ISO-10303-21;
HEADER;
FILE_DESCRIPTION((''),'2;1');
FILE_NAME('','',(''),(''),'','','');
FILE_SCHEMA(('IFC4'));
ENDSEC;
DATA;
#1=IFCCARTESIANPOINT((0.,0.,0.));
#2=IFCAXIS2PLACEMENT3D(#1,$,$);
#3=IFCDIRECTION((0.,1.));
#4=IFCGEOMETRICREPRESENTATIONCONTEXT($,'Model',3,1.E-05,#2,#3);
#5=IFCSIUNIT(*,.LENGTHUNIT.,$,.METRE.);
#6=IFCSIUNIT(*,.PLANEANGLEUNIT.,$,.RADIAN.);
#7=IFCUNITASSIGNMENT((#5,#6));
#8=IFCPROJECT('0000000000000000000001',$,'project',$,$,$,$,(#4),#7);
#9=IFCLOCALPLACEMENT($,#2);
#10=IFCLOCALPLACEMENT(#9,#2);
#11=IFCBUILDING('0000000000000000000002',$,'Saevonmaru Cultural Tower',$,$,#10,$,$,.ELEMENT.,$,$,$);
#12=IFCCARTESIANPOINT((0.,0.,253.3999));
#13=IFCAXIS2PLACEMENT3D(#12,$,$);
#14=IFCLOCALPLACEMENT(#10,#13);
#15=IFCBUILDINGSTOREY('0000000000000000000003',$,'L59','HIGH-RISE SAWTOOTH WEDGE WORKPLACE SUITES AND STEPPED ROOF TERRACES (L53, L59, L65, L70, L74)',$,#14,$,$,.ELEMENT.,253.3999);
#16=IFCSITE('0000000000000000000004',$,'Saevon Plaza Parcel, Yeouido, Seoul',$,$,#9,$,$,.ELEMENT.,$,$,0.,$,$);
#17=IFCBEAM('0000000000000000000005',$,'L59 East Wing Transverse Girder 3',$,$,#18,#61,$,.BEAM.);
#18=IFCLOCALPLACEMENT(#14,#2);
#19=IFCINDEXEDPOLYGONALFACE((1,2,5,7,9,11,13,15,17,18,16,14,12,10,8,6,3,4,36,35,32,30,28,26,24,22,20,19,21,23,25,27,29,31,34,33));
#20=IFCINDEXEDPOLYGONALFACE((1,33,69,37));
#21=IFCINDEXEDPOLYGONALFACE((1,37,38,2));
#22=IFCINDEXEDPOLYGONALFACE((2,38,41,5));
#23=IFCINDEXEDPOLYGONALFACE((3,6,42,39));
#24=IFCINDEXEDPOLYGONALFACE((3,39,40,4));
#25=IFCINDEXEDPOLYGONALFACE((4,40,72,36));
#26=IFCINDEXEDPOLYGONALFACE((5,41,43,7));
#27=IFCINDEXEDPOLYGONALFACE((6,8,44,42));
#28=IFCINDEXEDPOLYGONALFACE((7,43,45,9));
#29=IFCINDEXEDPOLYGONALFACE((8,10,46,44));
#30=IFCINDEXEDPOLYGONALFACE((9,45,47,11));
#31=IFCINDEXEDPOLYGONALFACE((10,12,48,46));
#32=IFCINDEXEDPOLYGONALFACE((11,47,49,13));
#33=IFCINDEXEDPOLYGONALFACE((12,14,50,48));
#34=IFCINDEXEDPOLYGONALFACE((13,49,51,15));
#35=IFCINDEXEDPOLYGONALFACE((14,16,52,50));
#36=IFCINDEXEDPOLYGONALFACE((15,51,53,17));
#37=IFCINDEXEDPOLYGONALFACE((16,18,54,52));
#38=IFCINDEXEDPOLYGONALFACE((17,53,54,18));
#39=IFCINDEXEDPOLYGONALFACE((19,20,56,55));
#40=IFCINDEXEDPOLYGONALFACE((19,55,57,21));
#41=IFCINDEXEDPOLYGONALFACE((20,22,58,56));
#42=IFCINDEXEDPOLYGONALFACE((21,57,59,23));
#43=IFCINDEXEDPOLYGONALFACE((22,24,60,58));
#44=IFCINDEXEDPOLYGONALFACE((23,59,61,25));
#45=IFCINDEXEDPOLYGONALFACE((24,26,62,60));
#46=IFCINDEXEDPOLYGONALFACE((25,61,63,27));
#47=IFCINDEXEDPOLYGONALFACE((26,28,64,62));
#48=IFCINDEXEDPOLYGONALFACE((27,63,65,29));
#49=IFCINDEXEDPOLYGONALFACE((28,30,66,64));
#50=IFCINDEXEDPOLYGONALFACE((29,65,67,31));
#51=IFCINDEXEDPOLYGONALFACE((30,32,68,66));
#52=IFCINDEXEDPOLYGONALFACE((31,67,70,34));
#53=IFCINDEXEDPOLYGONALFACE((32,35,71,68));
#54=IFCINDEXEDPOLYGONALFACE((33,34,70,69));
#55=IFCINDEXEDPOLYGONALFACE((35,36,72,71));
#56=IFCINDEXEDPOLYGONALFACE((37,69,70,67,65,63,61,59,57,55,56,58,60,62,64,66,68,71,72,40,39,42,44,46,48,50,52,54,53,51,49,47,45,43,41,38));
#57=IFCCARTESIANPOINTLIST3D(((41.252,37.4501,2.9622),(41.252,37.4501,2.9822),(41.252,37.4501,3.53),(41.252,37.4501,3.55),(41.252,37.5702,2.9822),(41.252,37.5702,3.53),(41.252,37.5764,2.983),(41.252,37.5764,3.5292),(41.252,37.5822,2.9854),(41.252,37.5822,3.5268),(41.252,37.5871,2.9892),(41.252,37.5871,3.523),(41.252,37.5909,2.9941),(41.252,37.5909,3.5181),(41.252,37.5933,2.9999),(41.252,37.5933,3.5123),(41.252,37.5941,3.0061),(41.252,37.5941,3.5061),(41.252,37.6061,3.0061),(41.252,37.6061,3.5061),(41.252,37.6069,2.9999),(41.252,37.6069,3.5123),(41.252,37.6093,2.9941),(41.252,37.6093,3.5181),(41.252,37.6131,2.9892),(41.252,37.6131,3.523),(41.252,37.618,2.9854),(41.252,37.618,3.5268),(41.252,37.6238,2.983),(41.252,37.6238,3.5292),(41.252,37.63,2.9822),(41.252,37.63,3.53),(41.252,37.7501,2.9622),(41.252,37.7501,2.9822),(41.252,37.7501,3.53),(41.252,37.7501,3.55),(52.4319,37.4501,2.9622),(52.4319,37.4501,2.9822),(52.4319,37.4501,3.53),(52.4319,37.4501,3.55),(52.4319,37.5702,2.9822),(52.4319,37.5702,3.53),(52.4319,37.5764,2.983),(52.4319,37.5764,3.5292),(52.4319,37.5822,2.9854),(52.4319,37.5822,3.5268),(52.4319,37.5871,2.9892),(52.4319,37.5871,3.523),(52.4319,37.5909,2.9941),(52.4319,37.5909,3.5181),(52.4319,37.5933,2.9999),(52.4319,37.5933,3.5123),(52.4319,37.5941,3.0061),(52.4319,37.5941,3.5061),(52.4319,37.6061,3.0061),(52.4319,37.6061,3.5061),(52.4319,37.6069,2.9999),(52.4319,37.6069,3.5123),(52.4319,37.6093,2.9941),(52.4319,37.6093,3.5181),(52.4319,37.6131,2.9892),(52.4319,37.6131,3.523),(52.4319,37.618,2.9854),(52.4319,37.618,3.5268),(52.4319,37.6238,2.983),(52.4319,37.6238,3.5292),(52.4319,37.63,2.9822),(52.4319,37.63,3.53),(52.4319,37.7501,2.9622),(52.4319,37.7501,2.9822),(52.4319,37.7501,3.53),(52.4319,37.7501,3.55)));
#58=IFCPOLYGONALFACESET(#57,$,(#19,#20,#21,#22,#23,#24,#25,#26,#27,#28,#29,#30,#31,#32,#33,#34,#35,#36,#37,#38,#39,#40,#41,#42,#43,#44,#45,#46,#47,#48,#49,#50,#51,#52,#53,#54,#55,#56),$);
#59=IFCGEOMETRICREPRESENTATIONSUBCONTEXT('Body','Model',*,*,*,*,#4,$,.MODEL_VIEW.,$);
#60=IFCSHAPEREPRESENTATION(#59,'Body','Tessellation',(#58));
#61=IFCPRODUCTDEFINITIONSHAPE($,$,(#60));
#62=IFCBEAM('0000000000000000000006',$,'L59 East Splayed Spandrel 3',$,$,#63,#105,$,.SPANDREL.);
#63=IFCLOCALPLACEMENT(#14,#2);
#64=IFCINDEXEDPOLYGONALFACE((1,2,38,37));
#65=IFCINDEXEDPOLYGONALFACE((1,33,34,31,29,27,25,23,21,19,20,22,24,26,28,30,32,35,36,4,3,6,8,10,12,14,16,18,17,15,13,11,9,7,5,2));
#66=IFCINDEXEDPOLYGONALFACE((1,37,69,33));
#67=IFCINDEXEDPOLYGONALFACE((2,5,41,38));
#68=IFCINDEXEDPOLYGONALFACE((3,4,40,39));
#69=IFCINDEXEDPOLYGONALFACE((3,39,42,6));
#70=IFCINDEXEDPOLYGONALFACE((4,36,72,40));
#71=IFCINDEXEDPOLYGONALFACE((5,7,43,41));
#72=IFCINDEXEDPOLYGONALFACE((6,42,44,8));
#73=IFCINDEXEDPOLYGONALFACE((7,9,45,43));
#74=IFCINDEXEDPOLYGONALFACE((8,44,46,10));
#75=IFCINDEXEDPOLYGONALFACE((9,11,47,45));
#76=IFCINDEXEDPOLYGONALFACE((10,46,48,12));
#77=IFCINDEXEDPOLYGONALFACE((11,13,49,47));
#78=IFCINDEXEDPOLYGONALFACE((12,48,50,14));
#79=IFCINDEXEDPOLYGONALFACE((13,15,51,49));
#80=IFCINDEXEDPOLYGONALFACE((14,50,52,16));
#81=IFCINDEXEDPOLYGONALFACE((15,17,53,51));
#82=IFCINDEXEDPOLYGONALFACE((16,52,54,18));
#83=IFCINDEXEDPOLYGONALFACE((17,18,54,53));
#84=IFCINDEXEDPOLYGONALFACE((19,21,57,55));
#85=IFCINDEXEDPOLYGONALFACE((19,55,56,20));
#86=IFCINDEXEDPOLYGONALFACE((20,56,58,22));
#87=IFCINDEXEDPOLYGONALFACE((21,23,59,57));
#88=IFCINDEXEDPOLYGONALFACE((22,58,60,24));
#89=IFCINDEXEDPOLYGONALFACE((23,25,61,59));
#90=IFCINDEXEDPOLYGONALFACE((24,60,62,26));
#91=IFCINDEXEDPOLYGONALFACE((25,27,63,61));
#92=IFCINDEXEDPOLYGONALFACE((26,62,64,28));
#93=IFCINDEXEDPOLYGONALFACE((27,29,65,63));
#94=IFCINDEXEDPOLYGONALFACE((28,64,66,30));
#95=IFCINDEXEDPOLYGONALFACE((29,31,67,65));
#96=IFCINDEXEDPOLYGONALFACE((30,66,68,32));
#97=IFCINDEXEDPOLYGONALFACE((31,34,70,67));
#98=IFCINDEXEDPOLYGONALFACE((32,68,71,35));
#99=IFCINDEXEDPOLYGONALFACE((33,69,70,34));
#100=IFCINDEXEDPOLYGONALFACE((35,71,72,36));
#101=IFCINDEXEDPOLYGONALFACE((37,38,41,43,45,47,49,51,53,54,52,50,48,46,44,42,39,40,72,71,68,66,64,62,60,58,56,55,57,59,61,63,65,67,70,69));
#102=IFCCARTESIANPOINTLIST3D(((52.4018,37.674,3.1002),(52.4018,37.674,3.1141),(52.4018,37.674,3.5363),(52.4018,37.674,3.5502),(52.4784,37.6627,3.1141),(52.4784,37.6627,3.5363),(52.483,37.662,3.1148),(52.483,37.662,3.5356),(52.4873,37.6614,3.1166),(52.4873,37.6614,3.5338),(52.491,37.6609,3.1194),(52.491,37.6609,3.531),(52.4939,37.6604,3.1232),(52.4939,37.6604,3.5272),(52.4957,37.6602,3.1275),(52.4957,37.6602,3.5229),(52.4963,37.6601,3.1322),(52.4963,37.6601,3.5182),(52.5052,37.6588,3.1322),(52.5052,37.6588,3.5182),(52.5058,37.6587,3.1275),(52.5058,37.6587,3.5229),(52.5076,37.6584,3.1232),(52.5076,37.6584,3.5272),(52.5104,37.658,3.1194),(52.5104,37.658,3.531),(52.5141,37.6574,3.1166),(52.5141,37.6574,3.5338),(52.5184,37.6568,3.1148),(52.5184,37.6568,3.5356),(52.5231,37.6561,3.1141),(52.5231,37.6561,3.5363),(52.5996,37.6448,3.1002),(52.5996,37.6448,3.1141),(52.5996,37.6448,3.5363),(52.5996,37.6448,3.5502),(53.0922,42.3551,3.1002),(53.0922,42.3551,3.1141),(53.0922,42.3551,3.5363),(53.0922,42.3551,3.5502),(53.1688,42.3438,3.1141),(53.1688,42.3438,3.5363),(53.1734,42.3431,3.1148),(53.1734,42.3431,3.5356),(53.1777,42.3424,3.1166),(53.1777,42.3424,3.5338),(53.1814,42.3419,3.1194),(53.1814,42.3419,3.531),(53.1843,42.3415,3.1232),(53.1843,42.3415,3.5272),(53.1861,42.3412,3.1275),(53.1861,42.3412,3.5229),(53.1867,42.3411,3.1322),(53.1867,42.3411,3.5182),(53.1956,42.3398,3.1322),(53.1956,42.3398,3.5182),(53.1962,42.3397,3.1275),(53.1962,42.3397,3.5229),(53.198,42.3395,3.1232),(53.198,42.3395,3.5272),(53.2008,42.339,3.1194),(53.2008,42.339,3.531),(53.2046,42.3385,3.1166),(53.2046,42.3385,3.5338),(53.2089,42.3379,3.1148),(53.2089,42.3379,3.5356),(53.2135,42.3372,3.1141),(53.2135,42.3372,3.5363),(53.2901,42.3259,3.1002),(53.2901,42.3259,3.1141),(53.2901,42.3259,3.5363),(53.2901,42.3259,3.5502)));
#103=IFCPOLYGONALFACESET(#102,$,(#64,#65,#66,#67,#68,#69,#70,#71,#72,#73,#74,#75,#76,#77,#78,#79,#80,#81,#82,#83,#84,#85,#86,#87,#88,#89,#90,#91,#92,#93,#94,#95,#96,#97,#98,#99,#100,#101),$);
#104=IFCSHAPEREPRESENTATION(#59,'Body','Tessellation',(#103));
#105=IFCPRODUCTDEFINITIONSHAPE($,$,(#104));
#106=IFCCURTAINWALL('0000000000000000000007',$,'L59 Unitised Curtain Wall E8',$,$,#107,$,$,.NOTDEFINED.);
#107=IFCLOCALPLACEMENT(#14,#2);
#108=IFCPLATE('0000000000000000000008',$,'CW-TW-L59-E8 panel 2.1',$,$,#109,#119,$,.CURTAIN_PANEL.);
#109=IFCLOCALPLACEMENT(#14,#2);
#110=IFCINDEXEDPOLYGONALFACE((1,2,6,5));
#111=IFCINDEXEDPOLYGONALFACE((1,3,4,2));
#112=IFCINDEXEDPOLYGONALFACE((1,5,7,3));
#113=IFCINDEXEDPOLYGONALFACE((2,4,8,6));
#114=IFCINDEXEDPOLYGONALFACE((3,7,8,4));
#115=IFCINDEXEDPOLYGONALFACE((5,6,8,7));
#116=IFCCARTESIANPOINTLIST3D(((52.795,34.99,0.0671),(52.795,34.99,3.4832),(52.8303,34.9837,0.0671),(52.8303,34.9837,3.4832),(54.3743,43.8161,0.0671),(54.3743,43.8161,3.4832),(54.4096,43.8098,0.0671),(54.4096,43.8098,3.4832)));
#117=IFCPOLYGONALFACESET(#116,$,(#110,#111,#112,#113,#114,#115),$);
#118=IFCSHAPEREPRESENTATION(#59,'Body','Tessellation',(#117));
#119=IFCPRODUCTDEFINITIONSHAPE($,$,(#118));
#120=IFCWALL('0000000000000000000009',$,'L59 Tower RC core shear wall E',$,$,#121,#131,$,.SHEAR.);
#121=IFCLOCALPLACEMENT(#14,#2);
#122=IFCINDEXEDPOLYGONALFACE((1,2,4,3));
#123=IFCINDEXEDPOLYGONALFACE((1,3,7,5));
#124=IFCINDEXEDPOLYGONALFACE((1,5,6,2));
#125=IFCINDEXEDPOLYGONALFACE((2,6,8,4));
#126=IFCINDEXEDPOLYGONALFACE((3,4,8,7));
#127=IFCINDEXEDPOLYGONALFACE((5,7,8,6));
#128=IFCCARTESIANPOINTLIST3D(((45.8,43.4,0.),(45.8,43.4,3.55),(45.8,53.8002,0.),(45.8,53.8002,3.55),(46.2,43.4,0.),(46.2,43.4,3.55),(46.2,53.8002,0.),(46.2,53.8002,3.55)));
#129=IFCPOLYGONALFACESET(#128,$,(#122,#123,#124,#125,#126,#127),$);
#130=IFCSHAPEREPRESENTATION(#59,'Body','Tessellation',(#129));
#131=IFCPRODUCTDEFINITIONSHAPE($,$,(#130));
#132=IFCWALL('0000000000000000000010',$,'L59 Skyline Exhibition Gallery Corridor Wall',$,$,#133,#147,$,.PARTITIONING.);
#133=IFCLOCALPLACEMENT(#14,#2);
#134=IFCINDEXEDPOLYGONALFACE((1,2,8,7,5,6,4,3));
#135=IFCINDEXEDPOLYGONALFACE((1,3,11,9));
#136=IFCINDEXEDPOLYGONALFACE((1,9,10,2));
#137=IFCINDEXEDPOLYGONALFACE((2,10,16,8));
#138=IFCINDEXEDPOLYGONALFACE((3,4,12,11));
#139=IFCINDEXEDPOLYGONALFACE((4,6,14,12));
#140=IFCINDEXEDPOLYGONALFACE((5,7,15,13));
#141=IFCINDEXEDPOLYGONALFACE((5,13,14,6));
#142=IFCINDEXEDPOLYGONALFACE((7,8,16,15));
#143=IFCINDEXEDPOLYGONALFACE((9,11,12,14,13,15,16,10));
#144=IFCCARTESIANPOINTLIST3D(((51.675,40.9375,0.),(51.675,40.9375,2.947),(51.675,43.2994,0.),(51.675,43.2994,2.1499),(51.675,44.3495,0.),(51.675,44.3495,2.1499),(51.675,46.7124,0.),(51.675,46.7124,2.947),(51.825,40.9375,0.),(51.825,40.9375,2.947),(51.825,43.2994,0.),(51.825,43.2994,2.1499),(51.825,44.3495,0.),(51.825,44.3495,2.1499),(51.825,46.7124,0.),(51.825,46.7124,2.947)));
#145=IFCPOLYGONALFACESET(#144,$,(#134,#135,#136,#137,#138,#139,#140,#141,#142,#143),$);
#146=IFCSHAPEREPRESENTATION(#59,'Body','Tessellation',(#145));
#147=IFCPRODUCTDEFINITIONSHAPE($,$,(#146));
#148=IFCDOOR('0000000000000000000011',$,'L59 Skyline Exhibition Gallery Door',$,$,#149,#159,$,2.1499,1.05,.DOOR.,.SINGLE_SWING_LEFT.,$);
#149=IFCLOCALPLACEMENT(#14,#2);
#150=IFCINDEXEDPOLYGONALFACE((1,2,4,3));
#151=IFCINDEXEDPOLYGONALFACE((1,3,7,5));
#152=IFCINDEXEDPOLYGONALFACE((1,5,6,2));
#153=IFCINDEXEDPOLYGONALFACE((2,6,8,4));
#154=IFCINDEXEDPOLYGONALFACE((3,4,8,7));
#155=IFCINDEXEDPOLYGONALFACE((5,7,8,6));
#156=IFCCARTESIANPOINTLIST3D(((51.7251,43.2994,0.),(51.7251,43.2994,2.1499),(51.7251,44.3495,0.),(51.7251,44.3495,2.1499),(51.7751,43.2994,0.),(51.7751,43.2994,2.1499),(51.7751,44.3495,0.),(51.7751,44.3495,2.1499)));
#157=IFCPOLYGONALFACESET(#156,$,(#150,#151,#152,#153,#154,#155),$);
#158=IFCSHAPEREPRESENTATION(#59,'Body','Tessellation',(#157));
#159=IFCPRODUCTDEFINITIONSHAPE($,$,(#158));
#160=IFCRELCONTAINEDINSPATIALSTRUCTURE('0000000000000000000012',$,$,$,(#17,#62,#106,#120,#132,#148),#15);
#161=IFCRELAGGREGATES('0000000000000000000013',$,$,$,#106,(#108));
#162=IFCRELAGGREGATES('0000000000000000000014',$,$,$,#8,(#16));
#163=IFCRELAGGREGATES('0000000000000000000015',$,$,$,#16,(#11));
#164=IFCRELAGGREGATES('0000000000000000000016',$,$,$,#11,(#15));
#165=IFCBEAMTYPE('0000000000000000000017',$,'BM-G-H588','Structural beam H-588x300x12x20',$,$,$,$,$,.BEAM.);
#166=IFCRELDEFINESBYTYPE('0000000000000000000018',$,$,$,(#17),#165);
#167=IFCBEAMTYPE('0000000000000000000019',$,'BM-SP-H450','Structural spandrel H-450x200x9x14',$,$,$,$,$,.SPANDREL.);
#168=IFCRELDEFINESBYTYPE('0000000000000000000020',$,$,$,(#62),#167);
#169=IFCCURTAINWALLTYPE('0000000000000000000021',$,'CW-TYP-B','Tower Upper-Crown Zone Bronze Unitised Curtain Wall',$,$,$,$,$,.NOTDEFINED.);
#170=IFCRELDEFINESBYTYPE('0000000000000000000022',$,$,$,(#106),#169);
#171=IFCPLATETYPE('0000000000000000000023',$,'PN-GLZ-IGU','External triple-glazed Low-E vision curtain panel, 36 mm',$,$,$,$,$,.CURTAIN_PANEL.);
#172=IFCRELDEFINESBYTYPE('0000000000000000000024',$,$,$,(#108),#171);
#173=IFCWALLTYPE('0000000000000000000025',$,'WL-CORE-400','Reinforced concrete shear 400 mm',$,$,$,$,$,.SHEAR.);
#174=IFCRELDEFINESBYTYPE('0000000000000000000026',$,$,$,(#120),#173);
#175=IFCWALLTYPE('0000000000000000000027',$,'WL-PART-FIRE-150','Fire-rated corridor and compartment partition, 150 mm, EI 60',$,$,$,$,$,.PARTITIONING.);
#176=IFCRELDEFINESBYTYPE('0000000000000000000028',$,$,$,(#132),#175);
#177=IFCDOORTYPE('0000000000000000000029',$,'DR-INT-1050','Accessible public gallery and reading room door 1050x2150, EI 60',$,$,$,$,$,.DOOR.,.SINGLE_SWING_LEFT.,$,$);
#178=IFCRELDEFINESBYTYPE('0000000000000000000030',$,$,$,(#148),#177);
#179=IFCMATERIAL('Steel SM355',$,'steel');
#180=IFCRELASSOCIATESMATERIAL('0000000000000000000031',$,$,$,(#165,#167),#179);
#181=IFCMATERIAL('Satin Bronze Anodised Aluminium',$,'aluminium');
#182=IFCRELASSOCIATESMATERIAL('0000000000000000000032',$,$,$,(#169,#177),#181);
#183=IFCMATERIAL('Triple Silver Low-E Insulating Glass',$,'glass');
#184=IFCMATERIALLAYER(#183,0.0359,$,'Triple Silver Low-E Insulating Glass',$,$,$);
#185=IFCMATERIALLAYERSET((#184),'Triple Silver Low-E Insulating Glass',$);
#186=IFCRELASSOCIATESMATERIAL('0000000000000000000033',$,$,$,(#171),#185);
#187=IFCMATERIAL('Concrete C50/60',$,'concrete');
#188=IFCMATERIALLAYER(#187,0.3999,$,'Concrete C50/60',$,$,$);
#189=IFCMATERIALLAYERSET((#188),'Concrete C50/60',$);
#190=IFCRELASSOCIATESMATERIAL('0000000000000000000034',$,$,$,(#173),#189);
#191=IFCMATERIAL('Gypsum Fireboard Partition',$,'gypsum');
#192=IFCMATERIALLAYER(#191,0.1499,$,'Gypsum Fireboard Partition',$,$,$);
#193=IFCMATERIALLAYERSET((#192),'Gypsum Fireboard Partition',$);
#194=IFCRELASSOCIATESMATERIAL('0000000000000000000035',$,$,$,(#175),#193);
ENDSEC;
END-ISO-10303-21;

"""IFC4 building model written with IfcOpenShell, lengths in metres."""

from ifc_helpers import new_model, si_unit, direction, frame, frame_2d, origin, origin_2d, place, context, subcontext, project, spatial, rectangle, i_section, extrude, material, layer, layer_set, material_profile, profile_set, type_object, element, fill, aggregate, save


model = new_model("IFC4")

# Units and contexts
model_context = context("Model", 3, precision=1e-05, world=origin(), true_north=direction((0.0, 1.0)))
body_context = subcontext(model_context, "Body", "Model", "MODEL_VIEW")
ifc_project = project(units=[si_unit("LENGTHUNIT", "METRE"), si_unit("PLANEANGLEUNIT", "RADIAN")], contexts=[model_context])

# Site, building, storey
site_placement = place(None, origin())
site = spatial("IfcSite", under=ifc_project, at=site_placement, Name="Saevon Plaza Parcel, Yeouido, Seoul", CompositionType="ELEMENT", RefElevation=0.0)
building_placement = place(site_placement, origin())
building = spatial("IfcBuilding", under=site, at=building_placement, Name="Saevonmaru Cultural Tower", CompositionType="ELEMENT")
storey_placement = place(building_placement, frame((0.0, 0.0, 253.3999)))
storey = spatial("IfcBuildingStorey", under=building, at=storey_placement, Name="L59", Description="HIGH-RISE SAWTOOTH WEDGE WORKPLACE SUITES AND STEPPED ROOF TERRACES (L53, L59, L65, L70, L74)", CompositionType="ELEMENT", Elevation=253.3999)

# Shared definitions
ifc_material_1 = material(Name="Steel SM355", Category="steel")

# Beams
ifc_material_profile_1 = material_profile(ifc_material_1, i_section(OverallWidth=0.3, OverallDepth=0.5879, WebThickness=0.012, FlangeThickness=0.02, FilletRadius=0.0239, at=origin_2d()), Name="H-588x300x12x20")
ifc_profile_set_1 = profile_set([ifc_material_profile_1], Name="Steel SM355")
beam_type_1 = type_object("IfcBeamType", Name="BM-G-H588", Description="Structural beam H-588x300x12x20", PredefinedType="BEAM", material=ifc_profile_set_1)
beam_1_placement = place(storey_placement, frame((41.252, 37.6001, 3.2561), z_axis=(1.0, 0.0, 0.0), x_axis=(0.0, 1.0, 0.0)))
element("IfcBeam", 1, at=beam_1_placement, inside=storey, type_object=beam_type_1, Name="L59 East Wing Transverse Girder 3", PredefinedType="BEAM", context=body_context, shape_type="SweptSolid", body=[
    extrude(i_section(OverallWidth=0.3, OverallDepth=0.5879, WebThickness=0.012, FlangeThickness=0.02, FilletRadius=0.0239, at=origin_2d()), origin(), (0.0, 0.0, 1.0), 11.1799),
])
ifc_material_profile_2 = material_profile(ifc_material_1, i_section(OverallWidth=0.2, OverallDepth=0.45, WebThickness=0.009, FlangeThickness=0.0139, FilletRadius=0.0181, at=origin_2d()), Name="H-450x200x9x14")
ifc_profile_set_2 = profile_set([ifc_material_profile_2], Name="Steel SM355")
beam_type_2 = type_object("IfcBeamType", Name="BM-SP-H450", Description="Structural spandrel H-450x200x9x14", PredefinedType="SPANDREL", material=ifc_profile_set_2)
beam_2_placement = place(storey_placement, frame((52.5007, 37.6594, 3.3252), z_axis=(0.145913, 0.989297, 0.0), x_axis=(-0.989297, 0.145913, 0.0)))
element("IfcBeam", 2, at=beam_2_placement, inside=storey, type_object=beam_type_2, Name="L59 East Splayed Spandrel 3", PredefinedType="SPANDREL", context=body_context, shape_type="SweptSolid", body=[
    extrude(i_section(OverallWidth=0.2, OverallDepth=0.45, WebThickness=0.009, FlangeThickness=0.0139, FilletRadius=0.0181, at=origin_2d()), origin(), (0.0, 0.0, 1.0), 4.7317),
])

# Curtain wall, plate
ifc_material_2 = material(Name="Satin Bronze Anodised Aluminium", Category="aluminium")
curtain_wall_type = type_object("IfcCurtainWallType", Name="CW-TYP-B", Description="Tower Upper-Crown Zone Bronze Unitised Curtain Wall", PredefinedType="NOTDEFINED", material=ifc_material_2)
curtain_wall_placement = place(storey_placement, origin())
curtain_wall = element("IfcCurtainWall", 3, at=curtain_wall_placement, inside=storey, type_object=curtain_wall_type, Name="L59 Unitised Curtain Wall E8", PredefinedType="NOTDEFINED")
ifc_material_3 = material(Name="Triple Silver Low-E Insulating Glass", Category="glass")
ifc_layer_1 = layer(ifc_material_3, 0.0359, Name="Triple Silver Low-E Insulating Glass")
ifc_layer_set_1 = layer_set([ifc_layer_1], Name="Triple Silver Low-E Insulating Glass")
plate_type = type_object("IfcPlateType", Name="PN-GLZ-IGU", Description="External triple-glazed Low-E vision curtain panel, 36 mm", PredefinedType="CURTAIN_PANEL", material=ifc_layer_set_1)
plate_placement = place(storey_placement, frame((53.6023, 39.3999, 0.0671), z_axis=(0.0, 0.0, 1.0), x_axis=(0.176141, 0.984365, 0.0)))
plate = element("IfcPlate", 4, at=plate_placement, type_object=plate_type, Name="CW-TW-L59-E8 panel 2.1", PredefinedType="CURTAIN_PANEL", context=body_context, shape_type="SweptSolid", body=[
    extrude(rectangle(XDim=8.9663, YDim=0.0359, at=origin_2d()), origin(), (0.0, 0.0, 1.0), 3.416),
])
aggregate(curtain_wall, [plate])

# Wall
ifc_material_4 = material(Name="Concrete C50/60", Category="concrete")
ifc_layer_2 = layer(ifc_material_4, 0.3999, Name="Concrete C50/60")
ifc_layer_set_2 = layer_set([ifc_layer_2], Name="Concrete C50/60")
wall_type_1 = type_object("IfcWallType", Name="WL-CORE-400", Description="Reinforced concrete shear 400 mm", PredefinedType="SHEAR", material=ifc_layer_set_2)
wall_1_placement = place(storey_placement, frame((46.0, 43.3999, 0.0), z_axis=(0.0, 0.0, 1.0), x_axis=(0.0, 1.0, 0.0)))
element("IfcWall", 5, at=wall_1_placement, inside=storey, type_object=wall_type_1, Name="L59 Tower RC core shear wall E", PredefinedType="SHEAR", context=body_context, shape_type="SweptSolid", body=[
    extrude(rectangle(XDim=10.4001, YDim=0.3999, at=frame_2d((5.2002, 0.0))), origin(), (0.0, 0.0, 1.0), 3.55),
])

# Wall, opening, door
ifc_material_5 = material(Name="Gypsum Fireboard Partition", Category="gypsum")
ifc_layer_3 = layer(ifc_material_5, 0.1499, Name="Gypsum Fireboard Partition")
ifc_layer_set_3 = layer_set([ifc_layer_3], Name="Gypsum Fireboard Partition")
wall_type_2 = type_object("IfcWallType", Name="WL-PART-FIRE-150", Description="Fire-rated corridor and compartment partition, 150 mm, EI 60", PredefinedType="PARTITIONING", material=ifc_layer_set_3)
wall_2_placement = place(storey_placement, frame((51.75, 40.9375, 0.0), z_axis=(0.0, 0.0, 1.0), x_axis=(0.0, 1.0, 0.0)))
wall_2 = element("IfcWall", 6, at=wall_2_placement, inside=storey, type_object=wall_type_2, Name="L59 Skyline Exhibition Gallery Corridor Wall", PredefinedType="PARTITIONING", context=body_context, shape_type="SweptSolid", body=[
    extrude(rectangle(XDim=5.7749, YDim=0.1499, at=frame_2d((2.8875, 0.0))), origin(), (0.0, 0.0, 1.0), 2.947),
])
opening_1_placement = place(wall_2_placement, frame((2.3621, 0.0, 0.0)))
opening_1 = element("IfcOpeningElement", 7, at=opening_1_placement, cuts=wall_2, PredefinedType="OPENING", context=body_context, shape_type="SweptSolid", body=[
    extrude(rectangle(XDim=1.05, YDim=2.1499, at=frame_2d((0.5249, 1.075))), frame((0.0, 0.085, 0.0), z_axis=(0.0, -1.0, 0.0), x_axis=(1.0, 0.0, 0.0)), (0.0, 0.0, 1.0), 0.1699),
])
door_type_1 = type_object("IfcDoorType", Name="DR-INT-1050", Description="Accessible public gallery and reading room door 1050x2150, EI 60", OperationType="SINGLE_SWING_LEFT", PredefinedType="DOOR", material=ifc_material_2)
door_1_placement = place(opening_1_placement, origin())
door_1 = element("IfcDoor", 8, at=door_1_placement, inside=storey, type_object=door_type_1, Name="L59 Skyline Exhibition Gallery Door", OperationType="SINGLE_SWING_LEFT", OverallHeight=2.1499, OverallWidth=1.05, PredefinedType="DOOR", context=body_context, shape_type="SweptSolid", body=[
    extrude(rectangle(XDim=1.05, YDim=2.1499, at=frame_2d((0.5249, 1.075))), frame((0.0, 0.0249, 0.0), z_axis=(0.0, -1.0, 0.0), x_axis=(1.0, 0.0, 0.0)), (0.0, 0.0, 1.0), 0.05),
])
fill(opening_1, door_1)

save(model, "model.ifc")
